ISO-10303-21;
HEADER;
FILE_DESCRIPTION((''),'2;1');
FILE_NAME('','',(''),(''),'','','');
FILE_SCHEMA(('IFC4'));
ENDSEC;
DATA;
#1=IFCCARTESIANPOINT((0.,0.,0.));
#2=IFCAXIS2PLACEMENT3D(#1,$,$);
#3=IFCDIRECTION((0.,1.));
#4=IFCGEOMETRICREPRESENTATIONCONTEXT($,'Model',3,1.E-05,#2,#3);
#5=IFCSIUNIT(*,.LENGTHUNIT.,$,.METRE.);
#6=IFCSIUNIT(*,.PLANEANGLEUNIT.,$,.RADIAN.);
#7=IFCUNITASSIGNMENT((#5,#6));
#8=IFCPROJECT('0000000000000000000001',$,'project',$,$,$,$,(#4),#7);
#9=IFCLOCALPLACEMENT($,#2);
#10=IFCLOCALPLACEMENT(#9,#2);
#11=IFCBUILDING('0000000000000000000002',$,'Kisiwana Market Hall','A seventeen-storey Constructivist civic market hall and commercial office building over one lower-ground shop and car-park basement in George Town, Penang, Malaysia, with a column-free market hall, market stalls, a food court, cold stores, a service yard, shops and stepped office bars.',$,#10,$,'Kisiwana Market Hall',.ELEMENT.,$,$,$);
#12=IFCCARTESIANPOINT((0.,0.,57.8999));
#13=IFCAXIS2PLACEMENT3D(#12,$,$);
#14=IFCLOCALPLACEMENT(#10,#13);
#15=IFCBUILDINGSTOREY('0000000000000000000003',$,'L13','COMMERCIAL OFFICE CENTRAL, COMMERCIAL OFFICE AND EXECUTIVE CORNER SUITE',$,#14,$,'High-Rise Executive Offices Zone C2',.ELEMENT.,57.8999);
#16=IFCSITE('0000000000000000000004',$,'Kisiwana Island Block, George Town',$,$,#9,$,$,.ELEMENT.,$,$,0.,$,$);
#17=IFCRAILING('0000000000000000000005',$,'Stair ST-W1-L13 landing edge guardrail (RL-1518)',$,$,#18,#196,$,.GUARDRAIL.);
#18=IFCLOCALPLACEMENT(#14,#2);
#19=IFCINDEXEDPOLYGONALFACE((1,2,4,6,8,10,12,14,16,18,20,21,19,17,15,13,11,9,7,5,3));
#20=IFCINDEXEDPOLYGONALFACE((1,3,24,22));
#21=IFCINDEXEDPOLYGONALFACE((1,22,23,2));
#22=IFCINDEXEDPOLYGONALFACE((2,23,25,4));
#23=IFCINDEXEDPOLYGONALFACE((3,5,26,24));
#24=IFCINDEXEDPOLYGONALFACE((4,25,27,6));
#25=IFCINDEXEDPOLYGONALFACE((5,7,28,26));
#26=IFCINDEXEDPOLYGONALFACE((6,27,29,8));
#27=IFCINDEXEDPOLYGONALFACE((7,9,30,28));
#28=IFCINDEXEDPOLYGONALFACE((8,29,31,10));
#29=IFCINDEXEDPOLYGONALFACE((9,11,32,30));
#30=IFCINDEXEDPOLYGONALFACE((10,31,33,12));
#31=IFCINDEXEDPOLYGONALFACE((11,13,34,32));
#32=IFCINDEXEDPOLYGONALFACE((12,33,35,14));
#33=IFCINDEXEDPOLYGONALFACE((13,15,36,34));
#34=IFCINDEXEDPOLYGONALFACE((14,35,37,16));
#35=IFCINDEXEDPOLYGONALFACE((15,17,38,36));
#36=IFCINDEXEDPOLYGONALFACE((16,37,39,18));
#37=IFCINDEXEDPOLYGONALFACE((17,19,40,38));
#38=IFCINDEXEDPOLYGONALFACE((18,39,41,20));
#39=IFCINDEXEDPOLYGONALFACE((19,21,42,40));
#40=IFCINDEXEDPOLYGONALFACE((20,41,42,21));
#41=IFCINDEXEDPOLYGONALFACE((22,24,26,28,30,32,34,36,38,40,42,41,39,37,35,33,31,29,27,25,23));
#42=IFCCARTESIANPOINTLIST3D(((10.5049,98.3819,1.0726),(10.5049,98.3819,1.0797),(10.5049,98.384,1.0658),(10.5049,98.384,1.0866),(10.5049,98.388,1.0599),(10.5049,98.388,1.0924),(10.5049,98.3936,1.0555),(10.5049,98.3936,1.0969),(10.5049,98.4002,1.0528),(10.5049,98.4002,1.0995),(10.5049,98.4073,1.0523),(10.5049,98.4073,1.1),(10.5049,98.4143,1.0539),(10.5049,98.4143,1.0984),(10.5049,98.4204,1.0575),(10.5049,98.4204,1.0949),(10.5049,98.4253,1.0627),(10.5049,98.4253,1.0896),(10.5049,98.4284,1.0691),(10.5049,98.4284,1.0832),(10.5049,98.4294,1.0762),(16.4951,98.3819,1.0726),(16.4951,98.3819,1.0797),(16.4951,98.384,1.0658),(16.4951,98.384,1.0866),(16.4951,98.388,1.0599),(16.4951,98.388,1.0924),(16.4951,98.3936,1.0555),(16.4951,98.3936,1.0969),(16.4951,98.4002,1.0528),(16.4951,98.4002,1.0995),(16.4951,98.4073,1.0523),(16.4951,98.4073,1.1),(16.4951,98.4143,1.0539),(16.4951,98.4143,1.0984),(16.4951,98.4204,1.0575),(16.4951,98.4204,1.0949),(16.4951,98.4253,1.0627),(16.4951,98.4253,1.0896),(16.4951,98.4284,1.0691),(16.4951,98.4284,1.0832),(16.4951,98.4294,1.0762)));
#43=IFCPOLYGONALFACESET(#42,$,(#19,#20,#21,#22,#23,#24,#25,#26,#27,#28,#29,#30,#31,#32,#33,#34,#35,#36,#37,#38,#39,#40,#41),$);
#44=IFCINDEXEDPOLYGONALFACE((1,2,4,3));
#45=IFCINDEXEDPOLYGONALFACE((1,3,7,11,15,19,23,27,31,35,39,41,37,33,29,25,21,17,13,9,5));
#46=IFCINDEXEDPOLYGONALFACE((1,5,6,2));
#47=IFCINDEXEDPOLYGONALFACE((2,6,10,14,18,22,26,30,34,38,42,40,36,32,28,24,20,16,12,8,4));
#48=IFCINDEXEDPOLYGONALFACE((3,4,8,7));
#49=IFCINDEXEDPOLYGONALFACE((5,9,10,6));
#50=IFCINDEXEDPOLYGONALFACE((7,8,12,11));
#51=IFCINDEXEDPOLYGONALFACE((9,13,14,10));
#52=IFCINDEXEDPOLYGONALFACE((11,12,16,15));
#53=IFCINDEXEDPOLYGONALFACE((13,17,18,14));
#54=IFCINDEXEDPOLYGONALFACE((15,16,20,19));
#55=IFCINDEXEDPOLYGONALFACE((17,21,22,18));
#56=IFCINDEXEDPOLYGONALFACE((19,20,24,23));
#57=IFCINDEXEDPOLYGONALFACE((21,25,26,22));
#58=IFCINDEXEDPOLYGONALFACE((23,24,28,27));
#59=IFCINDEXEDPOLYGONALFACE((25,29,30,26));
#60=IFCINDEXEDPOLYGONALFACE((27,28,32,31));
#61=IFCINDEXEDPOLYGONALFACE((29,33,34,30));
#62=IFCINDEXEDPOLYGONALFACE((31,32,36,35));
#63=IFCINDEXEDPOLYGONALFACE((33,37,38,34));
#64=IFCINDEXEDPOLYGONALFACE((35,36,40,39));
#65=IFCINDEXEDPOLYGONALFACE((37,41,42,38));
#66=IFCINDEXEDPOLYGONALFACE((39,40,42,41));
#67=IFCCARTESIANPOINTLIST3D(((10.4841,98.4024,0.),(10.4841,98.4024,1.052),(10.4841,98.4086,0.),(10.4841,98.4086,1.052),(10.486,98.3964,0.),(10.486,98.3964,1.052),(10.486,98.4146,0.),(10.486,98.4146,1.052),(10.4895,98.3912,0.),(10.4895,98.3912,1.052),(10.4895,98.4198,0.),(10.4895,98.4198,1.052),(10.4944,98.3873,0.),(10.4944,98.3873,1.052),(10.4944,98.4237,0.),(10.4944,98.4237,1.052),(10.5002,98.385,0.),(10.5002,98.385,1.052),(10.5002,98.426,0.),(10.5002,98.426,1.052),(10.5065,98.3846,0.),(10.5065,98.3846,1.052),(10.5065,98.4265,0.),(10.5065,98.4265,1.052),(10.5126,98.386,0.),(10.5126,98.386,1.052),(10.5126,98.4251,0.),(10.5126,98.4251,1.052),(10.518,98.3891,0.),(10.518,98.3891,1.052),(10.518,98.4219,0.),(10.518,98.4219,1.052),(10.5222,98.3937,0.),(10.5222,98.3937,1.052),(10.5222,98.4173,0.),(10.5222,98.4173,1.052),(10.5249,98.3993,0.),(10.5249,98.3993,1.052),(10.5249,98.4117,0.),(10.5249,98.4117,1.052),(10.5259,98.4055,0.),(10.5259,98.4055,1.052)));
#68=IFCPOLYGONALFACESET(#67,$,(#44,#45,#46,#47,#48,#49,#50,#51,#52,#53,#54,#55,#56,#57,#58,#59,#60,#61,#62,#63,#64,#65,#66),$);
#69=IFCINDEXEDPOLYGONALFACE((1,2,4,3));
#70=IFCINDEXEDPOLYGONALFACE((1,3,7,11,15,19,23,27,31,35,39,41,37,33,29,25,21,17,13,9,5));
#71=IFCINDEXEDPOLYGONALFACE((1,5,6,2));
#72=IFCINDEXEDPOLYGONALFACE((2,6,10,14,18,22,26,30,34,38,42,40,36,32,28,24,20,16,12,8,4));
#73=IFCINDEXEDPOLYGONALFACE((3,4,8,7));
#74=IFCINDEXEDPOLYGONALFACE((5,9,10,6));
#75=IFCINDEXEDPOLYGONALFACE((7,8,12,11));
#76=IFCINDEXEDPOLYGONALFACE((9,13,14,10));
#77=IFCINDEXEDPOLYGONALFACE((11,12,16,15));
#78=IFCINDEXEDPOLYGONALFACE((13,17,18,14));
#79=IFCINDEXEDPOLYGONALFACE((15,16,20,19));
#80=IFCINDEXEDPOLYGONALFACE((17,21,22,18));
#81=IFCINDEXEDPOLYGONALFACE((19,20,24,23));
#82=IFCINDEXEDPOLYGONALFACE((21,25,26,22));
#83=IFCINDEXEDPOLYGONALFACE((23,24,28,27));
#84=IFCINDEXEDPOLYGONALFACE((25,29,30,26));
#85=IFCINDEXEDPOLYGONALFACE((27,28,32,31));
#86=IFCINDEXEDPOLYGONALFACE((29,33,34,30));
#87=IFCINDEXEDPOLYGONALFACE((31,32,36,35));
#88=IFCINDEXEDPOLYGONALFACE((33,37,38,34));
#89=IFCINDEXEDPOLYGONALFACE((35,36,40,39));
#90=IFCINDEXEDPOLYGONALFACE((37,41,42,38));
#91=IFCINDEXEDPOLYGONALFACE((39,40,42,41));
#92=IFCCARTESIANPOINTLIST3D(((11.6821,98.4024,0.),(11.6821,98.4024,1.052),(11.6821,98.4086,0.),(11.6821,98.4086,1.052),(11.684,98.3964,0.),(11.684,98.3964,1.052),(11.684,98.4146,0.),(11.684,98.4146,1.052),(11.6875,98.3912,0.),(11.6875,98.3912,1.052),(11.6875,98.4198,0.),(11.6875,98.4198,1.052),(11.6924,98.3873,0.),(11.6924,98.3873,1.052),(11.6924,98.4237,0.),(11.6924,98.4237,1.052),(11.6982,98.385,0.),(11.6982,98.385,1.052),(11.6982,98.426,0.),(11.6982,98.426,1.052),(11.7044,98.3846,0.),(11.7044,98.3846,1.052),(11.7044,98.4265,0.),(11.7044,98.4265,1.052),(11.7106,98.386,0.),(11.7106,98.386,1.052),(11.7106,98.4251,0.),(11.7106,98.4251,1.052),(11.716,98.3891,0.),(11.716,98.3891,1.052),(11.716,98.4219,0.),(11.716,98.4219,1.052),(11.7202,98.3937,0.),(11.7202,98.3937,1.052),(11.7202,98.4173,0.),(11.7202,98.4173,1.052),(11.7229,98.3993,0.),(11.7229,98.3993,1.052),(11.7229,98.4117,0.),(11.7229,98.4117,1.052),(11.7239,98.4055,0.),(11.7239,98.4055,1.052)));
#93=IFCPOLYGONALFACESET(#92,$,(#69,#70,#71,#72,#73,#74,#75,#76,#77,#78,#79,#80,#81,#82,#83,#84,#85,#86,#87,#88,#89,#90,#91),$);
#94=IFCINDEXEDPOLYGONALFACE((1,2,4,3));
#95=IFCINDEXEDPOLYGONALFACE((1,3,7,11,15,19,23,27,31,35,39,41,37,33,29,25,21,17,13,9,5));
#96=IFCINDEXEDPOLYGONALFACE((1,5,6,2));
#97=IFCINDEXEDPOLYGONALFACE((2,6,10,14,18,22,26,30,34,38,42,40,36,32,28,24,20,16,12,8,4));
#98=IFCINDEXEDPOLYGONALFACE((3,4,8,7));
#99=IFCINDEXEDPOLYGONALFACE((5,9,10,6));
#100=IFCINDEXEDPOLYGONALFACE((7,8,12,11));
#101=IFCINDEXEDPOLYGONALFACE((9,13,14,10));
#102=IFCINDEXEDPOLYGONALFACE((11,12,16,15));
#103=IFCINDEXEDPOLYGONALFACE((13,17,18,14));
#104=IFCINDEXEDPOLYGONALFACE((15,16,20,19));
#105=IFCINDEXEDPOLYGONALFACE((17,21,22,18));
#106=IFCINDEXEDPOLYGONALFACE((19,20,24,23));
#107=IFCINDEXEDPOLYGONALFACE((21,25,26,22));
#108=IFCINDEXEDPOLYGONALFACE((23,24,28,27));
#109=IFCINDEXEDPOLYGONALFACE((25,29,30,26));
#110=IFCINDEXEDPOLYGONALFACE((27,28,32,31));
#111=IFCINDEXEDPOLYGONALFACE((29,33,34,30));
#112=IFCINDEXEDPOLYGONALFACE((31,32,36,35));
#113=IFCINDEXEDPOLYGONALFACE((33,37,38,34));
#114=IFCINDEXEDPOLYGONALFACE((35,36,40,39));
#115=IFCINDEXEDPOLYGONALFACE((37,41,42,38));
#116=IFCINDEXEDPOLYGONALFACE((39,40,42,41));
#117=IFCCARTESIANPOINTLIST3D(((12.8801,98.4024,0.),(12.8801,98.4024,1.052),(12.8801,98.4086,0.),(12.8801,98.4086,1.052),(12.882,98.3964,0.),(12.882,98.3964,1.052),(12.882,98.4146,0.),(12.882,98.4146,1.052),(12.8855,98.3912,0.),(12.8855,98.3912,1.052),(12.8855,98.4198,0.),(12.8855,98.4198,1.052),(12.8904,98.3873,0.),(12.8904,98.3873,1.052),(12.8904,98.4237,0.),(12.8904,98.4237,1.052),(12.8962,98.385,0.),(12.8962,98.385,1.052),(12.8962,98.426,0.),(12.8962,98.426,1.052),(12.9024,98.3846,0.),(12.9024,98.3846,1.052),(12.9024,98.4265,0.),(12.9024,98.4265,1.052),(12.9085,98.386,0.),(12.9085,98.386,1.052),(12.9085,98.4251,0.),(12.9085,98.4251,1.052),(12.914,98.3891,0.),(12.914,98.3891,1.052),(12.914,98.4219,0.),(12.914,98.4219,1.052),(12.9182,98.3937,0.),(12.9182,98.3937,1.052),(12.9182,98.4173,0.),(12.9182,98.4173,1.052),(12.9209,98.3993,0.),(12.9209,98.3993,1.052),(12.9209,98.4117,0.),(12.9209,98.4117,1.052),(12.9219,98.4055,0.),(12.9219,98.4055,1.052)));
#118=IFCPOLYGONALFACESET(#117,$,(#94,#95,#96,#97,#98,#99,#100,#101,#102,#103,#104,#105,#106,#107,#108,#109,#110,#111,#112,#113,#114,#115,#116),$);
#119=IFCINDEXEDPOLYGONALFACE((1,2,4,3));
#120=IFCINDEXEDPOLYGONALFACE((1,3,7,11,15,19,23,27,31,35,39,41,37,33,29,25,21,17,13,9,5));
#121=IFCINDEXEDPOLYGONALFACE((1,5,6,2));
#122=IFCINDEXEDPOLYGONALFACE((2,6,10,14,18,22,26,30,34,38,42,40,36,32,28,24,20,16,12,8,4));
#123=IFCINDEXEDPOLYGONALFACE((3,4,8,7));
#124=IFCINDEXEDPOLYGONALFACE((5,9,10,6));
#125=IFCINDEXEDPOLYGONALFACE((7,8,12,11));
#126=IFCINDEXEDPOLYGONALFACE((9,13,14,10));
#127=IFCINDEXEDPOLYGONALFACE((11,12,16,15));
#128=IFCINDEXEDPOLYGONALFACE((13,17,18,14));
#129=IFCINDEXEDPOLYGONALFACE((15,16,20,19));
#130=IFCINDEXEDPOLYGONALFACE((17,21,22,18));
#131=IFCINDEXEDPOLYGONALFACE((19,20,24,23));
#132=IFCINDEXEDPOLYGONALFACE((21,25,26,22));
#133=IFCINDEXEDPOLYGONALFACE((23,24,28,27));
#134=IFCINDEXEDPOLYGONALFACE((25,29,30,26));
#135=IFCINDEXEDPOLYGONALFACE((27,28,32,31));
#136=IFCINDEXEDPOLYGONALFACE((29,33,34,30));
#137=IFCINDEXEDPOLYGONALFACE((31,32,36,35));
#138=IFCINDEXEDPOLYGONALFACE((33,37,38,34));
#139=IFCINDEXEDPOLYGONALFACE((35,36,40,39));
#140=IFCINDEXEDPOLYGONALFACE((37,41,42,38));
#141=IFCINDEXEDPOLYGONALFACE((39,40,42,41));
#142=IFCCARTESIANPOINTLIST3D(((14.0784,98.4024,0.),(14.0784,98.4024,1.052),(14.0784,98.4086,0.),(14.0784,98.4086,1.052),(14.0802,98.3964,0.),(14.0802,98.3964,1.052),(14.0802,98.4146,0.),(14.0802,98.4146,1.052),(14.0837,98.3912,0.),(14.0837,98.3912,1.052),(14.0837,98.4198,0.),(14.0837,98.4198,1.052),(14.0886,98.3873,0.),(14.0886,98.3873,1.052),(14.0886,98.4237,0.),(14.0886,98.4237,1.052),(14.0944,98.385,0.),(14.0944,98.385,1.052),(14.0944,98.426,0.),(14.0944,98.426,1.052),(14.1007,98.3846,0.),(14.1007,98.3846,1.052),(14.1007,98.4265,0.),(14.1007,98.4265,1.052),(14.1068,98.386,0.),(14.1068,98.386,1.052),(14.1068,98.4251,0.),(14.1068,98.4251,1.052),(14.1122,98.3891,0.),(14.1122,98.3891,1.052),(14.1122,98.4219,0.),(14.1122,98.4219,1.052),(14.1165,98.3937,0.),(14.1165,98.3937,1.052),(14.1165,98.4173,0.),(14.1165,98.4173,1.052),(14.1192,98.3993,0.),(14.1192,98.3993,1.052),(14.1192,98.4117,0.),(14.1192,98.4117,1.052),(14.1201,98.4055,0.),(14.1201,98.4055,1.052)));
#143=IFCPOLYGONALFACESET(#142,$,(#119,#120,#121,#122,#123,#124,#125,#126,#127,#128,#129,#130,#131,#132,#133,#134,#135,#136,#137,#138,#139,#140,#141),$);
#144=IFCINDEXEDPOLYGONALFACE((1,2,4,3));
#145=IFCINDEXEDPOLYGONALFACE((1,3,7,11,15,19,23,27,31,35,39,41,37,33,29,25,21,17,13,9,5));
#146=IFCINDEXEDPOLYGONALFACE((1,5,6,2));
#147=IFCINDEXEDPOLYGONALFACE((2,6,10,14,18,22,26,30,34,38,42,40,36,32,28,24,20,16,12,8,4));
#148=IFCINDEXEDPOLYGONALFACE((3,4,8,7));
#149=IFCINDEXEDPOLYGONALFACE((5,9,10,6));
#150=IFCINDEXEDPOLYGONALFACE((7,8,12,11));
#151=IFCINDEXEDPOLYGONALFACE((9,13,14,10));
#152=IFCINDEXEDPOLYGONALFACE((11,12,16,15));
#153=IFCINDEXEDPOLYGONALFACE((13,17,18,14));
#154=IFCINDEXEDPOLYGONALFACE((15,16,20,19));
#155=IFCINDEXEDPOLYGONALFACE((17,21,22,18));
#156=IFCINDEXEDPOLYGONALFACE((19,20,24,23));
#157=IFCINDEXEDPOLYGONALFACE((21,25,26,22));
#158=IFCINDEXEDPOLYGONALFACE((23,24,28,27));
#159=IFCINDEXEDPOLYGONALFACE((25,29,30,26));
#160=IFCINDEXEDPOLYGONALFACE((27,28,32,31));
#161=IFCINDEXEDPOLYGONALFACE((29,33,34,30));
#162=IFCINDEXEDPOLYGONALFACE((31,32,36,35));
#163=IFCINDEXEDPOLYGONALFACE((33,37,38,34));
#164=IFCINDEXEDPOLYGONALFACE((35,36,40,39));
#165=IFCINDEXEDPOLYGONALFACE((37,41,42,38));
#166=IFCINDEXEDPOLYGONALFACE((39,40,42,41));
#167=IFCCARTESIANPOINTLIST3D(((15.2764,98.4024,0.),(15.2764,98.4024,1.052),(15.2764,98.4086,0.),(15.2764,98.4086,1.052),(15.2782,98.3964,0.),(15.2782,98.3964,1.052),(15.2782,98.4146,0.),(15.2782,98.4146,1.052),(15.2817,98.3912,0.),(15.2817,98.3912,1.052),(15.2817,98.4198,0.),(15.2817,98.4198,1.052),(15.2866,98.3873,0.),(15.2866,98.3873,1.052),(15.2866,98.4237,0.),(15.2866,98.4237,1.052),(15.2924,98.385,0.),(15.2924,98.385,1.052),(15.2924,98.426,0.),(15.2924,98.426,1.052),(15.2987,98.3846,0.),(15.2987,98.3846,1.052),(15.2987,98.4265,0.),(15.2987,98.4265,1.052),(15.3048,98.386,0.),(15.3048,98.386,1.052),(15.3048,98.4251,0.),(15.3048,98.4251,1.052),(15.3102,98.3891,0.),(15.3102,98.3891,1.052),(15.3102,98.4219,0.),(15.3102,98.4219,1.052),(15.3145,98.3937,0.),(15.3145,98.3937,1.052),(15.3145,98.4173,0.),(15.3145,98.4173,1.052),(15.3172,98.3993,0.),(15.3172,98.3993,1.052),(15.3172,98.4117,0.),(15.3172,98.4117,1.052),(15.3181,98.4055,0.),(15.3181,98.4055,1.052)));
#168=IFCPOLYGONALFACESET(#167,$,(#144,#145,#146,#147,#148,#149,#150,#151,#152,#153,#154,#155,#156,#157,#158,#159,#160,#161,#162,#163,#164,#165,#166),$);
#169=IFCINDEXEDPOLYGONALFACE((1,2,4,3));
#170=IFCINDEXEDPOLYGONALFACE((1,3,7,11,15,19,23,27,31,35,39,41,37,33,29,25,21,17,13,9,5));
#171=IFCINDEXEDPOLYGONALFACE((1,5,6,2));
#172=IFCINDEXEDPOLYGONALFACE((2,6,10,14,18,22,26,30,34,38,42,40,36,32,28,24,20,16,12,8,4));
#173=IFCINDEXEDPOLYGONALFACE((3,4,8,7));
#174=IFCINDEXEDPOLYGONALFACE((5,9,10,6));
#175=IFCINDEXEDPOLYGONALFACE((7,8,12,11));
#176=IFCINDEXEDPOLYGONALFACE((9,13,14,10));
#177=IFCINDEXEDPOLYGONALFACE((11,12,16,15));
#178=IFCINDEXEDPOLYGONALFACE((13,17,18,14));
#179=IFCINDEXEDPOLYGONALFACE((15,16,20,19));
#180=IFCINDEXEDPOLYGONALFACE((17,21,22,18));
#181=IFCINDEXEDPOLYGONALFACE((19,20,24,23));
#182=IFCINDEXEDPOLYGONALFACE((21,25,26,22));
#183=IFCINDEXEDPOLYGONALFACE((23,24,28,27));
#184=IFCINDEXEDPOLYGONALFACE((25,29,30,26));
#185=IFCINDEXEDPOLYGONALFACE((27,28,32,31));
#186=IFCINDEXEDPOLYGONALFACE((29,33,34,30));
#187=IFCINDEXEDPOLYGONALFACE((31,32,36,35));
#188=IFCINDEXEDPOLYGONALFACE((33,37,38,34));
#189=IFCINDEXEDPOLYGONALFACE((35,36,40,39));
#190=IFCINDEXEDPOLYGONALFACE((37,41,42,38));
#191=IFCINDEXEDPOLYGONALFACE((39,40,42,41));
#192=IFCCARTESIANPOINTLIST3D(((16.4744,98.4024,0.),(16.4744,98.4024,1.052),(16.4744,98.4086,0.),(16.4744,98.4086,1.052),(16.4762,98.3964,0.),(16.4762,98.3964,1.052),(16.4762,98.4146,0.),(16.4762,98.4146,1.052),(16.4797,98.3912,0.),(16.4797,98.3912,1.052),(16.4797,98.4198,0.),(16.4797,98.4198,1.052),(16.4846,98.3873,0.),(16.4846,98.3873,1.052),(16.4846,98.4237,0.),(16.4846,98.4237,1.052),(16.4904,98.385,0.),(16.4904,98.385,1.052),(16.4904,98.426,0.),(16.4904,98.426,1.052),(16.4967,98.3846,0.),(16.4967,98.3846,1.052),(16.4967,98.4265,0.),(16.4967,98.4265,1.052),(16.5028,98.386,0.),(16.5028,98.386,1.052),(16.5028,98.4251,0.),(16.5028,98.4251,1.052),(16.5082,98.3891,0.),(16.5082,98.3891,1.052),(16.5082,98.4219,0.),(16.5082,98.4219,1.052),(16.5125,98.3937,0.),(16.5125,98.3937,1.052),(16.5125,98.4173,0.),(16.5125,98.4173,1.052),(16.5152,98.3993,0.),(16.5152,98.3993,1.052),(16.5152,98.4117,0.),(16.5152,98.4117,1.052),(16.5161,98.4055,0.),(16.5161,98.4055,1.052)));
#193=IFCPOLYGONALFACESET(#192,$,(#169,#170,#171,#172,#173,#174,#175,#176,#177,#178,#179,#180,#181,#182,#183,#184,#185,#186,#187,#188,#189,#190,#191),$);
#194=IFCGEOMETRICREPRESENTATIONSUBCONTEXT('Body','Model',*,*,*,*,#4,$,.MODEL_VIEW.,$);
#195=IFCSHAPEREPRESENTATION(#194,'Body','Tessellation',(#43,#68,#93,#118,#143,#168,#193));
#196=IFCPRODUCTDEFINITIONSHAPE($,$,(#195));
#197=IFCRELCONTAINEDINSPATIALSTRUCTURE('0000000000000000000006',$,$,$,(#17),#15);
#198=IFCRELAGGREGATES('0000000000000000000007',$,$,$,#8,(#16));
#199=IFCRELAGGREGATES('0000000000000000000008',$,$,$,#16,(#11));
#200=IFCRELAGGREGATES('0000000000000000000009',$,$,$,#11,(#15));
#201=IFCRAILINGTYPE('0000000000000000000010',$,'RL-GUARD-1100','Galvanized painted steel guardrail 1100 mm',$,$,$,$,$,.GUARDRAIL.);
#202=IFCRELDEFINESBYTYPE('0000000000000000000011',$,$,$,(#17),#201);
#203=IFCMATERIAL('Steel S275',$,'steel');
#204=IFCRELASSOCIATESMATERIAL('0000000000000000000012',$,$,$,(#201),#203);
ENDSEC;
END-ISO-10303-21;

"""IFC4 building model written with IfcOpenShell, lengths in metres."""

from ifc_helpers import new_model, si_unit, direction, frame, origin, origin_2d, place, context, subcontext, project, spatial, circle, extrude, material, type_object, element, save


model = new_model("IFC4")

# Units and contexts
model_context = context("Model", 3, precision=1e-05, world=origin(), true_north=direction((0.0, 1.0)))
body_context = subcontext(model_context, "Body", "Model", "MODEL_VIEW")
ifc_project = project(units=[si_unit("LENGTHUNIT", "METRE"), si_unit("PLANEANGLEUNIT", "RADIAN")], contexts=[model_context])

# Site, building, storey
site_placement = place(None, origin())
site = spatial("IfcSite", under=ifc_project, at=site_placement, Name="Kisiwana Island Block, George Town", CompositionType="ELEMENT", RefElevation=0.0)
building_placement = place(site_placement, origin())
building = spatial("IfcBuilding", under=site, at=building_placement, Name="Kisiwana Market Hall", Description="A seventeen-storey Constructivist civic market hall and commercial office building over one lower-ground shop and car-park basement in George Town, Penang, Malaysia, with a column-free market hall, market stalls, a food court, cold stores, a service yard, shops and stepped office bars.", LongName="Kisiwana Market Hall", CompositionType="ELEMENT")
storey_placement = place(building_placement, frame((0.0, 0.0, 57.8999)))
storey = spatial("IfcBuildingStorey", under=building, at=storey_placement, Name="L13", Description="COMMERCIAL OFFICE CENTRAL, COMMERCIAL OFFICE AND EXECUTIVE CORNER SUITE", LongName="High-Rise Executive Offices Zone C2", CompositionType="ELEMENT", Elevation=57.8999)

# Railing
ifc_material_1 = material(Name="Steel S275", Category="steel")
railing_type_1 = type_object("IfcRailingType", Name="RL-GUARD-1100", Description="Galvanized painted steel guardrail 1100 mm", PredefinedType="GUARDRAIL", material=ifc_material_1)
railing_1_placement = place(storey_placement, frame((10.5049, 98.4055, 0.0)))
element("IfcRailing", 1, at=railing_1_placement, inside=storey, type_object=railing_type_1, Name="Stair ST-W1-L13 landing edge guardrail (RL-1518)", PredefinedType="GUARDRAIL", context=body_context, shape_type="SweptSolid", body=[
    extrude(circle(Radius=0.0239, at=origin_2d()), frame((0.0, 0.0, 1.0762), z_axis=(1.0, 0.0, 0.0), x_axis=(0.0, 1.0, 0.0)), (0.0, 0.0, 1.0), 5.9902),
    extrude(circle(Radius=0.021, at=origin_2d()), origin(), (0.0, 0.0, 1.0), 1.052),
    extrude(circle(Radius=0.021, at=origin_2d()), frame((1.198, 0.0, 0.0)), (0.0, 0.0, 1.0), 1.052),
    extrude(circle(Radius=0.021, at=origin_2d()), frame((2.396, 0.0, 0.0)), (0.0, 0.0, 1.0), 1.052),
    extrude(circle(Radius=0.021, at=origin_2d()), frame((3.5942, 0.0, 0.0)), (0.0, 0.0, 1.0), 1.052),
    extrude(circle(Radius=0.021, at=origin_2d()), frame((4.7922, 0.0, 0.0)), (0.0, 0.0, 1.0), 1.052),
    extrude(circle(Radius=0.021, at=origin_2d()), frame((5.9902, 0.0, 0.0)), (0.0, 0.0, 1.0), 1.052),
])

save(model, "model.ifc")
